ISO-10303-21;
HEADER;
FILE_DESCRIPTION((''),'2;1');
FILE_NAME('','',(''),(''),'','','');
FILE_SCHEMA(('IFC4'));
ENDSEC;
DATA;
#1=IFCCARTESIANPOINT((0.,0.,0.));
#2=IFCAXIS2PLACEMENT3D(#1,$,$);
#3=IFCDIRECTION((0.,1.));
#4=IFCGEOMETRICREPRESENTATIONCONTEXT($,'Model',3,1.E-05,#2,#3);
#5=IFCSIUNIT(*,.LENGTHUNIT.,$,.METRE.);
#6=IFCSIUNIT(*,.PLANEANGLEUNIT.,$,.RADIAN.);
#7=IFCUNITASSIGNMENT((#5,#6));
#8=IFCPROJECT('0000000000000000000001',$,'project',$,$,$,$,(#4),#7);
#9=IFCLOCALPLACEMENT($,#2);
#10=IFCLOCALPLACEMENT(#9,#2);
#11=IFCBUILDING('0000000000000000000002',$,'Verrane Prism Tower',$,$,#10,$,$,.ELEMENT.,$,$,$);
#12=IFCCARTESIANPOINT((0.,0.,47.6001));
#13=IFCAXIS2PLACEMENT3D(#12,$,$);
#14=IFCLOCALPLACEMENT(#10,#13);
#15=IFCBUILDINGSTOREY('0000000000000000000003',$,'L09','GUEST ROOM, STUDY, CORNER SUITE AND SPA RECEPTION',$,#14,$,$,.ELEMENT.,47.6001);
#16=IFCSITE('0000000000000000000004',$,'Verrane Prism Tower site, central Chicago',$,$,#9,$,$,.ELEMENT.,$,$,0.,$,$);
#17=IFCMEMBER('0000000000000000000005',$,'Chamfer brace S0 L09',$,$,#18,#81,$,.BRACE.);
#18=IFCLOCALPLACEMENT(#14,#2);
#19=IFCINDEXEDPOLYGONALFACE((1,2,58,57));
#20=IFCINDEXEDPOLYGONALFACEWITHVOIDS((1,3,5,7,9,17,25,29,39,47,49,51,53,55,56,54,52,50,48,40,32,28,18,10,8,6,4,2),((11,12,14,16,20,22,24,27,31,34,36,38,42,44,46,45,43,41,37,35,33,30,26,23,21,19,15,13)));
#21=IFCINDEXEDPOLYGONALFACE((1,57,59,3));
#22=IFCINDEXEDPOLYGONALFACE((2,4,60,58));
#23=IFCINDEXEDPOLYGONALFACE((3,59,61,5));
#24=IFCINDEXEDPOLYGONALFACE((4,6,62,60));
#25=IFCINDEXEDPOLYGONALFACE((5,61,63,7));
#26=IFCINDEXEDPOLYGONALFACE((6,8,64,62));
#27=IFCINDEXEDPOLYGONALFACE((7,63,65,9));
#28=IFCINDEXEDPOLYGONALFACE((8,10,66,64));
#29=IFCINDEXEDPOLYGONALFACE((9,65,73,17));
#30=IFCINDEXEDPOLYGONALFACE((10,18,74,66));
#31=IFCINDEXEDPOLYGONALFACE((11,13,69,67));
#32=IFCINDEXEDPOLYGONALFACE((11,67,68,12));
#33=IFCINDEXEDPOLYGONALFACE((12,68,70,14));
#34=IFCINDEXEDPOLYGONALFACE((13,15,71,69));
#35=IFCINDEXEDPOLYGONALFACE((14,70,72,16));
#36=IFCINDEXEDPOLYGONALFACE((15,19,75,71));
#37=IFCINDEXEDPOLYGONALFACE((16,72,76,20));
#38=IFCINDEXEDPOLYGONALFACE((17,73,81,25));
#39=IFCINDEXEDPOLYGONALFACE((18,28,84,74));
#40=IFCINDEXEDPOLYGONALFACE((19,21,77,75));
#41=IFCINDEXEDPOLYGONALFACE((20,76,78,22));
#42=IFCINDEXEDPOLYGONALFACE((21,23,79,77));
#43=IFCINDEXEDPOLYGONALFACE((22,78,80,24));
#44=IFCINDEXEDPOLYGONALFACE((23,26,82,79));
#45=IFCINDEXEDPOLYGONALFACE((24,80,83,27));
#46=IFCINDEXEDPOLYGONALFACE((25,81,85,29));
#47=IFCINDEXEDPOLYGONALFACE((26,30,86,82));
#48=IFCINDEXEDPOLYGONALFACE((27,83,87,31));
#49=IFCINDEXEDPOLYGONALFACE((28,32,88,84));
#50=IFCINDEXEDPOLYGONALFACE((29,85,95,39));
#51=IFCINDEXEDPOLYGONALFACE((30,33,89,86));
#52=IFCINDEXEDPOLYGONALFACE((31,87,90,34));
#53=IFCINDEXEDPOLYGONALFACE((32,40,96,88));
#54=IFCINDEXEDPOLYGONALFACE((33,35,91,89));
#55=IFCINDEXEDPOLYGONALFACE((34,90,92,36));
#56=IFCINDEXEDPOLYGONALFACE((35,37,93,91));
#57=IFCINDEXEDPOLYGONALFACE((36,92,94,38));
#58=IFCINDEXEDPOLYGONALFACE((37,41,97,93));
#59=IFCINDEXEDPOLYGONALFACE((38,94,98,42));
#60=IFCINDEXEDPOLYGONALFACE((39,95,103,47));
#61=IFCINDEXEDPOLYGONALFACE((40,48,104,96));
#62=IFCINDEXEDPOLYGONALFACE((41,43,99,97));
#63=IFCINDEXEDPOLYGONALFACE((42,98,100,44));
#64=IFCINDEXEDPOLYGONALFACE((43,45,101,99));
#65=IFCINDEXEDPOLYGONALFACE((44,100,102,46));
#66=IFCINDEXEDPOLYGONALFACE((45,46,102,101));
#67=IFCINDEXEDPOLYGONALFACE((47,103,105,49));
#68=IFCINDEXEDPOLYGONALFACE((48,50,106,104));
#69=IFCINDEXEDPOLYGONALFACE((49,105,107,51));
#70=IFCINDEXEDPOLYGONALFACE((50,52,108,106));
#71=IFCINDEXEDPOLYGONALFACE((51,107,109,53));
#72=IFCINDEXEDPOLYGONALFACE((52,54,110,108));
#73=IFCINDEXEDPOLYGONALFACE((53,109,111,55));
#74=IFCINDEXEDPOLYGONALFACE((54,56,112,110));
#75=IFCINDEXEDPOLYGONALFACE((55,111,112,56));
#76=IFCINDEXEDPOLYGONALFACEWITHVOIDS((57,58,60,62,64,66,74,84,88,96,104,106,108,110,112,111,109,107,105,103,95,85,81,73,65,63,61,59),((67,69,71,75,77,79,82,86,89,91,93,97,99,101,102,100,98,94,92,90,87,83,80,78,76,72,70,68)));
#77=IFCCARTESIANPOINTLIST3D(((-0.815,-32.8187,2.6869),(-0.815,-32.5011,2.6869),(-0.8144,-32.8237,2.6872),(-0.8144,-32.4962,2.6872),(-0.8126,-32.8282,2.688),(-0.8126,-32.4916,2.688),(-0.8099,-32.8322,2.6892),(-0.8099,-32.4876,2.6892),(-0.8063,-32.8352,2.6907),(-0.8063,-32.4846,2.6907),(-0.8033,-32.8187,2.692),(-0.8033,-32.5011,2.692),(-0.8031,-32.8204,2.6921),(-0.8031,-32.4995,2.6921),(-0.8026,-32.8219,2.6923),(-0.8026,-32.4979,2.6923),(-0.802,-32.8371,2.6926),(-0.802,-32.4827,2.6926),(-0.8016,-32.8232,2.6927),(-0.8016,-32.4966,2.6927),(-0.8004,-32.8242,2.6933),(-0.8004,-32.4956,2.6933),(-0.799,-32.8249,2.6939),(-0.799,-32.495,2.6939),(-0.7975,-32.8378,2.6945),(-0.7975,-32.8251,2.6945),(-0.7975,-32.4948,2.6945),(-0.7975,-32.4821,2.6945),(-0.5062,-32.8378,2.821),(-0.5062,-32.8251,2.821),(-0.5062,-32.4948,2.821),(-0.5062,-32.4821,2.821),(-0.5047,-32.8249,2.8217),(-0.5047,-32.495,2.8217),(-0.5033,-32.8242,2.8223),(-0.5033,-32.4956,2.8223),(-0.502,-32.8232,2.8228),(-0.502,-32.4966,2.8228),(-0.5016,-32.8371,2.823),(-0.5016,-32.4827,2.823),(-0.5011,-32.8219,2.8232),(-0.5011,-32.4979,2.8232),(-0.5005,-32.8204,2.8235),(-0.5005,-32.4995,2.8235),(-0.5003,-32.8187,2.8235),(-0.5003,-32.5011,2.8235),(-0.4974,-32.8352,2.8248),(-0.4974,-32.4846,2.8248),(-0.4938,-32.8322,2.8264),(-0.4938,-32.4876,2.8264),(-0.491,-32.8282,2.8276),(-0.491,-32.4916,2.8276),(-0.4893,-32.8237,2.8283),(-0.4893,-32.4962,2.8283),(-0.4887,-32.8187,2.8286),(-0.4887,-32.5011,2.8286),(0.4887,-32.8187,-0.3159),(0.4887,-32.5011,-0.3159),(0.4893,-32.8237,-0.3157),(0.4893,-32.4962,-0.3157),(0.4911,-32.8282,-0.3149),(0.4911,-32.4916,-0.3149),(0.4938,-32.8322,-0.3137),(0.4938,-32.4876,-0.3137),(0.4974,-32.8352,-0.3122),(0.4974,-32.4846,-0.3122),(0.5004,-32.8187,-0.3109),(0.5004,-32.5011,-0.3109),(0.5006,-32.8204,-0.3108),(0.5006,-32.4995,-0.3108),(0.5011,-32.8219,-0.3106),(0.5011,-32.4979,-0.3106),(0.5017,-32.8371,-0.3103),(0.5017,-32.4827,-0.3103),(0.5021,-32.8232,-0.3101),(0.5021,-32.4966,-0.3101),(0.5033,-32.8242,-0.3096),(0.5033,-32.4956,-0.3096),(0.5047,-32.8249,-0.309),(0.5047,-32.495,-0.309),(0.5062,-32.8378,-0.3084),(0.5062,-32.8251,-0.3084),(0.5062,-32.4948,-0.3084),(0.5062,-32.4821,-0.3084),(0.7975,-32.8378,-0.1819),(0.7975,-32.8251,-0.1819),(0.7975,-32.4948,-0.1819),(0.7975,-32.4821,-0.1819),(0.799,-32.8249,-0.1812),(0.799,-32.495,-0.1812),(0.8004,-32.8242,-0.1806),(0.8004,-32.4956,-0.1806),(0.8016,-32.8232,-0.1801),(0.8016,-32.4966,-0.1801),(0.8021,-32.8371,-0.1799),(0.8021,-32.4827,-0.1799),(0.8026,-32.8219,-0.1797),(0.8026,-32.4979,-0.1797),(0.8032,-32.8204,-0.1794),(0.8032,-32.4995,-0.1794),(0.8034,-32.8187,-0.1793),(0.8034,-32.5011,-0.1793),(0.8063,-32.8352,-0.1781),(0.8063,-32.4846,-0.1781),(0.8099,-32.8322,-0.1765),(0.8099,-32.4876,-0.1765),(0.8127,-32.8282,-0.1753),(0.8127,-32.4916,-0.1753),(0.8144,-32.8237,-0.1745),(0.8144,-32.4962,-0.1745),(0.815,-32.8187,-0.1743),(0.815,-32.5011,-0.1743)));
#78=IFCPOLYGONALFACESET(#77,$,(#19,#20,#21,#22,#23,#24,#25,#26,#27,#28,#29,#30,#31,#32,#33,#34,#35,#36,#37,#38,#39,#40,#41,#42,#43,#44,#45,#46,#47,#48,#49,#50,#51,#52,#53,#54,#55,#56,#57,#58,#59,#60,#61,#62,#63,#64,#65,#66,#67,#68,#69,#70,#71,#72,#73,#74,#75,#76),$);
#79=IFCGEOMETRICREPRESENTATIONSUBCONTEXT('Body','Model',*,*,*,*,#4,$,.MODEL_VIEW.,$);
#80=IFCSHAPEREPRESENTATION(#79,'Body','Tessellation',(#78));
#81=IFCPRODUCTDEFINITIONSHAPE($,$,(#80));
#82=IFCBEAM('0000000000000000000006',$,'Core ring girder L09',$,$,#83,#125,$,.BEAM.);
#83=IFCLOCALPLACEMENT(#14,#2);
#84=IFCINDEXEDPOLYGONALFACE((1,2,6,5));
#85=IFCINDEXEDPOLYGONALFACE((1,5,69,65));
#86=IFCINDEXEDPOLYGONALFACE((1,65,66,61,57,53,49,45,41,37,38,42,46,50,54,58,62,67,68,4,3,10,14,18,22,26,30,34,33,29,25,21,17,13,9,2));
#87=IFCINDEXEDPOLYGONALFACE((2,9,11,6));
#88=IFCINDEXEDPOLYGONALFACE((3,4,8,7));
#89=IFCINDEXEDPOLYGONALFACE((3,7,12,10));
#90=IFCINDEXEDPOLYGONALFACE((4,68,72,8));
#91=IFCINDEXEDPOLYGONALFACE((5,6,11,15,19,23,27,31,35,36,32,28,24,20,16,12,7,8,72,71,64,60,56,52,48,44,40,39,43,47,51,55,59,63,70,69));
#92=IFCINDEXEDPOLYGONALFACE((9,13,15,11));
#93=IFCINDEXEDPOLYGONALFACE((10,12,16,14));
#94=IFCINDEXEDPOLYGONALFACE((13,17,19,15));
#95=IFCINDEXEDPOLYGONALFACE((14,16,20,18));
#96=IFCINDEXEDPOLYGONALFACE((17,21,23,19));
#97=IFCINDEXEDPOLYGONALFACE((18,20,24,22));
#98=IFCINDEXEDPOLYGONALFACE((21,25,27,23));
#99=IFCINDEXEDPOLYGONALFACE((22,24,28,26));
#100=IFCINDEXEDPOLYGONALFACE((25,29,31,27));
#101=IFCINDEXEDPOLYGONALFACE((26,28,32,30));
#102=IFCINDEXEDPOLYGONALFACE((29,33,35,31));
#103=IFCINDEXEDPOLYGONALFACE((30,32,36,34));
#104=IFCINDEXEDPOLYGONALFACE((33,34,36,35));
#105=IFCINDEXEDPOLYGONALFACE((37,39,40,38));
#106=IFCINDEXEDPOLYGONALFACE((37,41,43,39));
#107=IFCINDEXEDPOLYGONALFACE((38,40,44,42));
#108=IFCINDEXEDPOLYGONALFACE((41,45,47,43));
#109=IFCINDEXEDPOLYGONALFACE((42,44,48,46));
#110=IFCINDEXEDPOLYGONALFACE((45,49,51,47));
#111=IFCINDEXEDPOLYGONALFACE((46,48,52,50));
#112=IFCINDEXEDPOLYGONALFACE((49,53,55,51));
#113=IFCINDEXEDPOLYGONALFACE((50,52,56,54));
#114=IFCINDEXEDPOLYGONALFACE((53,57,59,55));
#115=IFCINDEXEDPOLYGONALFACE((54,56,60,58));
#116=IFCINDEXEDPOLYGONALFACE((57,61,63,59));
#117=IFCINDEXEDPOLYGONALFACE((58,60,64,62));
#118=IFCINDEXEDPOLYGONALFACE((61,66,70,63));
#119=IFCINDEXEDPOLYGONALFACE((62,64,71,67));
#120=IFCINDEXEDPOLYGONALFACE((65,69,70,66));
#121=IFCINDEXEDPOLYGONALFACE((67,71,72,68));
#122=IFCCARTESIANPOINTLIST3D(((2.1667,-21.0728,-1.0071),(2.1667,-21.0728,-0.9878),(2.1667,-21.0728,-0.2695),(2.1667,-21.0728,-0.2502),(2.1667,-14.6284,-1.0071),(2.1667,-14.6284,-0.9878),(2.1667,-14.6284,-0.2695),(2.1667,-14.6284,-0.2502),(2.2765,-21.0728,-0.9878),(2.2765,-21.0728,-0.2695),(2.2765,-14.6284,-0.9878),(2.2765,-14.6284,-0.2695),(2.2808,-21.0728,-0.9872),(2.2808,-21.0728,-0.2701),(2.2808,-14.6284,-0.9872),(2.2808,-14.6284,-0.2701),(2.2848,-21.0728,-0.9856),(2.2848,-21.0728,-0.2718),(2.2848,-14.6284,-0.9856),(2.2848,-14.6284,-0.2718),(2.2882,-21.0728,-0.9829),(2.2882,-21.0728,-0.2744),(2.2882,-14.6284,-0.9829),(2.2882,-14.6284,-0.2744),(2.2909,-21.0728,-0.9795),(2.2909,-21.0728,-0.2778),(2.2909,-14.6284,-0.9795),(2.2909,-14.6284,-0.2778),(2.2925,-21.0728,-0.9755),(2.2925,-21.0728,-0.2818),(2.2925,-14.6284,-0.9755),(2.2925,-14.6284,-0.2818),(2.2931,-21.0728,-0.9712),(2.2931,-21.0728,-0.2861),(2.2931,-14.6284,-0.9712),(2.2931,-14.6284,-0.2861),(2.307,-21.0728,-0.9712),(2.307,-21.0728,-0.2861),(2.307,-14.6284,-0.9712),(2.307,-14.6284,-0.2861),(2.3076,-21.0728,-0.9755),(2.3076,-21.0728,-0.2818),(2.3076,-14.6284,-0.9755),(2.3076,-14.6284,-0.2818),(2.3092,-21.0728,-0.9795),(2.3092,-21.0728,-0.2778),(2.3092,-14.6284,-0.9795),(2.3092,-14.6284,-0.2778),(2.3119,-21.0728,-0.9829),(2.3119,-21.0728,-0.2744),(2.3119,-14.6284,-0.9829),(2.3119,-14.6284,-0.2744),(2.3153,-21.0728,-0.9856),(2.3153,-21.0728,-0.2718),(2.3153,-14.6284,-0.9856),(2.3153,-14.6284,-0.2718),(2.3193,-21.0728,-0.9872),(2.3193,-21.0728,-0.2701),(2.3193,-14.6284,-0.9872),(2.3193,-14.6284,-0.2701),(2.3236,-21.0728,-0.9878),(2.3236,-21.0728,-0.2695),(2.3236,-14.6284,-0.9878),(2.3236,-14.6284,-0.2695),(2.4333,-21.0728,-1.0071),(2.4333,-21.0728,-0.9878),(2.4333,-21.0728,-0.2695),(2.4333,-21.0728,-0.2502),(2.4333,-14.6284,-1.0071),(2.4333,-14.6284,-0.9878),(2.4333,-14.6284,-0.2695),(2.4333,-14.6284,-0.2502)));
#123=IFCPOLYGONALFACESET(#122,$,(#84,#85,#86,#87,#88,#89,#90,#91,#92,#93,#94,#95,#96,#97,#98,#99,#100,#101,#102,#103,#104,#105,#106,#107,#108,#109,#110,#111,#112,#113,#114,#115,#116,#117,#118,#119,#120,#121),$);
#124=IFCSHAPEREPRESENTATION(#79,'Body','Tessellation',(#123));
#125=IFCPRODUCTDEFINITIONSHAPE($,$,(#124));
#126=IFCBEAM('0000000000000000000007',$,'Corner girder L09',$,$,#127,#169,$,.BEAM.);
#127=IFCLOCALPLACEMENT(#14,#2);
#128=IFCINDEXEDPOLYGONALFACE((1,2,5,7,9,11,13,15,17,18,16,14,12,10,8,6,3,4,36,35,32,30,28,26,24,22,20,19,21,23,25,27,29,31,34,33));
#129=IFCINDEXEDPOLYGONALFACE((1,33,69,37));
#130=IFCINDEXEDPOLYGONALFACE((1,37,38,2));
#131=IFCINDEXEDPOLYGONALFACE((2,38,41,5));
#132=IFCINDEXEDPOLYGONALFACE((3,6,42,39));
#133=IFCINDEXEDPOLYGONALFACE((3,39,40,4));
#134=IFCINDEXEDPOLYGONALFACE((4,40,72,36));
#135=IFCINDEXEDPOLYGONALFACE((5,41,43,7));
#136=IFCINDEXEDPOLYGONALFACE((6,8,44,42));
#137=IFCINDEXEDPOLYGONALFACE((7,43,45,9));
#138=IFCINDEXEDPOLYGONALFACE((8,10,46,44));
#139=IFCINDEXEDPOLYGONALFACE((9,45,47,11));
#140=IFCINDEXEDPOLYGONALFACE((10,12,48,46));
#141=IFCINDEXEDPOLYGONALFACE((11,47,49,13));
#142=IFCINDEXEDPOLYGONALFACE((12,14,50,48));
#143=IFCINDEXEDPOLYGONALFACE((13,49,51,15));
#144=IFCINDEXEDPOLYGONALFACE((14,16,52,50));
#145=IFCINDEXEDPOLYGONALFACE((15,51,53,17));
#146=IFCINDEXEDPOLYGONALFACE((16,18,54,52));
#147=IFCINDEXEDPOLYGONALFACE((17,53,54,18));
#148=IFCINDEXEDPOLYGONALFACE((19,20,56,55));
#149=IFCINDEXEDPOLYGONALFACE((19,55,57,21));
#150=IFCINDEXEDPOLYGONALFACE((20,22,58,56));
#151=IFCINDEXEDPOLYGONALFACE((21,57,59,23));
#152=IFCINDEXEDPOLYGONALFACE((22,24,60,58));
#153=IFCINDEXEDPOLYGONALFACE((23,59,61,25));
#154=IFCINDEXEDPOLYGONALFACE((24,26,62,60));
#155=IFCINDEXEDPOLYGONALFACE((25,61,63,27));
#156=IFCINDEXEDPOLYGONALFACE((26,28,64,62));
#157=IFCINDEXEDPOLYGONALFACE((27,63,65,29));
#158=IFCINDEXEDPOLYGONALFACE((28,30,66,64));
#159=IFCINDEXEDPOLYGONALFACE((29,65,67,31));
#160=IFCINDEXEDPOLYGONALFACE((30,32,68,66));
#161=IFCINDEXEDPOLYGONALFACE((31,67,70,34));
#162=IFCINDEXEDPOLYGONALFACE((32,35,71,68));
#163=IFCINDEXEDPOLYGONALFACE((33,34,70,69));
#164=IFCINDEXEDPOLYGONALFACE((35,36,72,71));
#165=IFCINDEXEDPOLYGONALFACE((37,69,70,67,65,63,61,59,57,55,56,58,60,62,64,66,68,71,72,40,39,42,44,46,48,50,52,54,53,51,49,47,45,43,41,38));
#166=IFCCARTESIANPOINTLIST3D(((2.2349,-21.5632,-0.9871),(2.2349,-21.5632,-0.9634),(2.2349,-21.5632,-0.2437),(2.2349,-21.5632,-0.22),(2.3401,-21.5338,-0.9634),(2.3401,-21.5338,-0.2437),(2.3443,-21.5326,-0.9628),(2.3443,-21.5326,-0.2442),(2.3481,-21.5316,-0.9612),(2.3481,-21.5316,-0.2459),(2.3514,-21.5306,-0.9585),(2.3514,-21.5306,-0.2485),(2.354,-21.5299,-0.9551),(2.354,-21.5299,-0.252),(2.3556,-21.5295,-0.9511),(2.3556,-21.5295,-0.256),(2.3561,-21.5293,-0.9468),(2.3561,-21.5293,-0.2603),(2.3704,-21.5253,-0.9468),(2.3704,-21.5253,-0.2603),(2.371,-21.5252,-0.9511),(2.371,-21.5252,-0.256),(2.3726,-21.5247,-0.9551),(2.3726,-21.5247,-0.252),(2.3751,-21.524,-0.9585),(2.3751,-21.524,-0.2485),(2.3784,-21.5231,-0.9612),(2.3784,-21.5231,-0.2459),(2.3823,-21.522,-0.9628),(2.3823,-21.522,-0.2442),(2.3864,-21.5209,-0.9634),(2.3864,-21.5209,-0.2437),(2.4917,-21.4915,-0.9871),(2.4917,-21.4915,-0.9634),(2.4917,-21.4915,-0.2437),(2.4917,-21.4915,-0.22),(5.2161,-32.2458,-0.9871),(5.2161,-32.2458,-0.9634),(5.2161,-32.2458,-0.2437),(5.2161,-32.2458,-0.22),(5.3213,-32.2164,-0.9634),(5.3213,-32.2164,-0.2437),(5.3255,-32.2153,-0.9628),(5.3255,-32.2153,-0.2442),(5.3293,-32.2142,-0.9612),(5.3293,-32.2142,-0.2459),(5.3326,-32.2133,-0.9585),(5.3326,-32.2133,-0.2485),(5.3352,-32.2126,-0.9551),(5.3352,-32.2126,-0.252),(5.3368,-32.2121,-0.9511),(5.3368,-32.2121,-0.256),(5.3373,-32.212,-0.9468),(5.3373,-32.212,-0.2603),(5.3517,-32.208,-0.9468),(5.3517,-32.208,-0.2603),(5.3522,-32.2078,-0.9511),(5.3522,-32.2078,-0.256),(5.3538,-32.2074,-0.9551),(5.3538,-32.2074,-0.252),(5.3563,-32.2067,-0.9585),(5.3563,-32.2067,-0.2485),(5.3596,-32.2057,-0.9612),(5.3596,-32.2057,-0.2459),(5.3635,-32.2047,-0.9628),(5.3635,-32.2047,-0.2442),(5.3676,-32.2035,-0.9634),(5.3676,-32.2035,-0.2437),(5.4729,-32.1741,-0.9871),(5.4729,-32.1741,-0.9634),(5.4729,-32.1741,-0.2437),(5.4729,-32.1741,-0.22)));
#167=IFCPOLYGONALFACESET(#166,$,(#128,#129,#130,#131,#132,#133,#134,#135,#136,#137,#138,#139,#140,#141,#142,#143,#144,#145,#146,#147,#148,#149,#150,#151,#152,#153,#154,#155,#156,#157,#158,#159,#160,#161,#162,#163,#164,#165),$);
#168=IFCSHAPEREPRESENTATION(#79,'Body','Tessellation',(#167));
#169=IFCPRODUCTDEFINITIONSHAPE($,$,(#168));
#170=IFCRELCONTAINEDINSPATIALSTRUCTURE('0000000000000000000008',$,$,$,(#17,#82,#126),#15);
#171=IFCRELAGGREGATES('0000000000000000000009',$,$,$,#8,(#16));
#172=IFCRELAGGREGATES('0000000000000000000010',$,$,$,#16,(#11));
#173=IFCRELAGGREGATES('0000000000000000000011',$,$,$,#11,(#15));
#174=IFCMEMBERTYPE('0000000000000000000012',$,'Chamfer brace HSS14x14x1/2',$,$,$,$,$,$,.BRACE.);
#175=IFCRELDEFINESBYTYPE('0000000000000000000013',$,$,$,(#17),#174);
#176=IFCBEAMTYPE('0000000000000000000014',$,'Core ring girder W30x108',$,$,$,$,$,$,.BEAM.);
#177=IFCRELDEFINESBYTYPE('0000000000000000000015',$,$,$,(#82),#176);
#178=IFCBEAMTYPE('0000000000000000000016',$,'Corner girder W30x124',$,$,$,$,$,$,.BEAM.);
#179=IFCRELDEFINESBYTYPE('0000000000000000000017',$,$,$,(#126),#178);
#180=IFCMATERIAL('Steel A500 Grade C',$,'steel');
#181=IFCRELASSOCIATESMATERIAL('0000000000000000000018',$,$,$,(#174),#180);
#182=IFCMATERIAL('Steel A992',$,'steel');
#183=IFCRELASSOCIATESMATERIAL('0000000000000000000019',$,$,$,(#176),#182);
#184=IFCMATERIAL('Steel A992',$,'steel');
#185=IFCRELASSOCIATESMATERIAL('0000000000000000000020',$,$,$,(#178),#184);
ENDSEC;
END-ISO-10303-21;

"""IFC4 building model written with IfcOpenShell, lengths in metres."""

from ifc_helpers import new_model, si_unit, direction, frame, origin, origin_2d, place, context, subcontext, project, spatial, hollow_rectangle, i_section, extrude, material, material_profile, profile_set, type_object, element, save


model = new_model("IFC4")

# Units and contexts
model_context = context("Model", 3, precision=1e-05, world=origin(), true_north=direction((0.0, 1.0)))
body_context = subcontext(model_context, "Body", "Model", "MODEL_VIEW")
ifc_project = project(units=[si_unit("LENGTHUNIT", "METRE"), si_unit("PLANEANGLEUNIT", "RADIAN")], contexts=[model_context])

# Site, building, storey
site_placement = place(None, origin())
site = spatial("IfcSite", under=ifc_project, at=site_placement, Name="Verrane Prism Tower site, central Chicago", CompositionType="ELEMENT", RefElevation=0.0)
building_placement = place(site_placement, origin())
building = spatial("IfcBuilding", under=site, at=building_placement, Name="Verrane Prism Tower", CompositionType="ELEMENT")
storey_placement = place(building_placement, frame((0.0, 0.0, 47.6001)))
storey = spatial("IfcBuildingStorey", under=building, at=storey_placement, Name="L09", Description="GUEST ROOM, STUDY, CORNER SUITE AND SPA RECEPTION", CompositionType="ELEMENT", Elevation=47.6001)

# Member
ifc_material_1 = material(Name="Steel A500 Grade C", Category="steel")
ifc_material_profile_1 = material_profile(ifc_material_1, hollow_rectangle(XDim=0.3557, YDim=0.3557, WallThickness=0.0127, InnerFilletRadius=0.0063, OuterFilletRadius=0.019, at=origin_2d()), Name="HSS14x14x1/2")
ifc_profile_set_1 = profile_set([ifc_material_profile_1], Name="Steel A500 Grade C")
member_type_1 = type_object("IfcMemberType", Name="Chamfer brace HSS14x14x1/2", PredefinedType="BRACE", material=ifc_profile_set_1)
member_1_placement = place(storey_placement, frame((0.6519, -32.6599, -0.2451), z_axis=(-0.398235, 0.0, 0.917283), x_axis=(0.0, -1.0, 0.0)))
element("IfcMember", 1, at=member_1_placement, inside=storey, type_object=member_type_1, Name="Chamfer brace S0 L09", PredefinedType="BRACE", context=body_context, shape_type="SweptSolid", body=[
    extrude(hollow_rectangle(XDim=0.3557, YDim=0.3557, WallThickness=0.0127, InnerFilletRadius=0.0063, OuterFilletRadius=0.019, at=origin_2d()), origin(), (0.0, 0.0, 1.0), 3.2737),
])

# Beams
ifc_material_2 = material(Name="Steel A992", Category="steel")
ifc_material_profile_2 = material_profile(ifc_material_2, i_section(OverallWidth=0.2666, OverallDepth=0.7568, WebThickness=0.0139, FlangeThickness=0.0193, FilletRadius=0.0166, at=origin_2d()), Name="W30x108")
ifc_profile_set_2 = profile_set([ifc_material_profile_2], Name="Steel A992")
beam_type_1 = type_object("IfcBeamType", Name="Core ring girder W30x108", PredefinedType="BEAM", material=ifc_profile_set_2)
beam_1_placement = place(storey_placement, frame((2.3, -21.0728, -0.6287), z_axis=(0.0, 1.0, 0.0), x_axis=(-1.0, 0.0, 0.0)))
element("IfcBeam", 2, at=beam_1_placement, inside=storey, type_object=beam_type_1, Name="Core ring girder L09", PredefinedType="BEAM", context=body_context, shape_type="SweptSolid", body=[
    extrude(i_section(OverallWidth=0.2666, OverallDepth=0.7568, WebThickness=0.0139, FlangeThickness=0.0193, FilletRadius=0.0166, at=origin_2d()), origin(), (0.0, 0.0, 1.0), 6.4443),
])
ifc_material_3 = material(Name="Steel A992", Category="steel")
ifc_material_profile_3 = material_profile(ifc_material_3, i_section(OverallWidth=0.2666, OverallDepth=0.7671, WebThickness=0.0149, FlangeThickness=0.0237, FilletRadius=0.0166, at=origin_2d()), Name="W30x124")
ifc_profile_set_3 = profile_set([ifc_material_profile_3], Name="Steel A992")
beam_type_2 = type_object("IfcBeamType", Name="Corner girder W30x124", PredefinedType="BEAM", material=ifc_profile_set_3)
beam_2_placement = place(storey_placement, frame((5.3445, -32.21, -0.6035), z_axis=(-0.268799, 0.963196, 0.0), x_axis=(-0.963196, -0.268799, 0.0)))
element("IfcBeam", 3, at=beam_2_placement, inside=storey, type_object=beam_type_2, Name="Corner girder L09", PredefinedType="BEAM", context=body_context, shape_type="SweptSolid", body=[
    extrude(i_section(OverallWidth=0.2666, OverallDepth=0.7671, WebThickness=0.0149, FlangeThickness=0.0237, FilletRadius=0.0166, at=origin_2d()), origin(), (0.0, 0.0, 1.0), 11.0908),
])

save(model, "model.ifc")
